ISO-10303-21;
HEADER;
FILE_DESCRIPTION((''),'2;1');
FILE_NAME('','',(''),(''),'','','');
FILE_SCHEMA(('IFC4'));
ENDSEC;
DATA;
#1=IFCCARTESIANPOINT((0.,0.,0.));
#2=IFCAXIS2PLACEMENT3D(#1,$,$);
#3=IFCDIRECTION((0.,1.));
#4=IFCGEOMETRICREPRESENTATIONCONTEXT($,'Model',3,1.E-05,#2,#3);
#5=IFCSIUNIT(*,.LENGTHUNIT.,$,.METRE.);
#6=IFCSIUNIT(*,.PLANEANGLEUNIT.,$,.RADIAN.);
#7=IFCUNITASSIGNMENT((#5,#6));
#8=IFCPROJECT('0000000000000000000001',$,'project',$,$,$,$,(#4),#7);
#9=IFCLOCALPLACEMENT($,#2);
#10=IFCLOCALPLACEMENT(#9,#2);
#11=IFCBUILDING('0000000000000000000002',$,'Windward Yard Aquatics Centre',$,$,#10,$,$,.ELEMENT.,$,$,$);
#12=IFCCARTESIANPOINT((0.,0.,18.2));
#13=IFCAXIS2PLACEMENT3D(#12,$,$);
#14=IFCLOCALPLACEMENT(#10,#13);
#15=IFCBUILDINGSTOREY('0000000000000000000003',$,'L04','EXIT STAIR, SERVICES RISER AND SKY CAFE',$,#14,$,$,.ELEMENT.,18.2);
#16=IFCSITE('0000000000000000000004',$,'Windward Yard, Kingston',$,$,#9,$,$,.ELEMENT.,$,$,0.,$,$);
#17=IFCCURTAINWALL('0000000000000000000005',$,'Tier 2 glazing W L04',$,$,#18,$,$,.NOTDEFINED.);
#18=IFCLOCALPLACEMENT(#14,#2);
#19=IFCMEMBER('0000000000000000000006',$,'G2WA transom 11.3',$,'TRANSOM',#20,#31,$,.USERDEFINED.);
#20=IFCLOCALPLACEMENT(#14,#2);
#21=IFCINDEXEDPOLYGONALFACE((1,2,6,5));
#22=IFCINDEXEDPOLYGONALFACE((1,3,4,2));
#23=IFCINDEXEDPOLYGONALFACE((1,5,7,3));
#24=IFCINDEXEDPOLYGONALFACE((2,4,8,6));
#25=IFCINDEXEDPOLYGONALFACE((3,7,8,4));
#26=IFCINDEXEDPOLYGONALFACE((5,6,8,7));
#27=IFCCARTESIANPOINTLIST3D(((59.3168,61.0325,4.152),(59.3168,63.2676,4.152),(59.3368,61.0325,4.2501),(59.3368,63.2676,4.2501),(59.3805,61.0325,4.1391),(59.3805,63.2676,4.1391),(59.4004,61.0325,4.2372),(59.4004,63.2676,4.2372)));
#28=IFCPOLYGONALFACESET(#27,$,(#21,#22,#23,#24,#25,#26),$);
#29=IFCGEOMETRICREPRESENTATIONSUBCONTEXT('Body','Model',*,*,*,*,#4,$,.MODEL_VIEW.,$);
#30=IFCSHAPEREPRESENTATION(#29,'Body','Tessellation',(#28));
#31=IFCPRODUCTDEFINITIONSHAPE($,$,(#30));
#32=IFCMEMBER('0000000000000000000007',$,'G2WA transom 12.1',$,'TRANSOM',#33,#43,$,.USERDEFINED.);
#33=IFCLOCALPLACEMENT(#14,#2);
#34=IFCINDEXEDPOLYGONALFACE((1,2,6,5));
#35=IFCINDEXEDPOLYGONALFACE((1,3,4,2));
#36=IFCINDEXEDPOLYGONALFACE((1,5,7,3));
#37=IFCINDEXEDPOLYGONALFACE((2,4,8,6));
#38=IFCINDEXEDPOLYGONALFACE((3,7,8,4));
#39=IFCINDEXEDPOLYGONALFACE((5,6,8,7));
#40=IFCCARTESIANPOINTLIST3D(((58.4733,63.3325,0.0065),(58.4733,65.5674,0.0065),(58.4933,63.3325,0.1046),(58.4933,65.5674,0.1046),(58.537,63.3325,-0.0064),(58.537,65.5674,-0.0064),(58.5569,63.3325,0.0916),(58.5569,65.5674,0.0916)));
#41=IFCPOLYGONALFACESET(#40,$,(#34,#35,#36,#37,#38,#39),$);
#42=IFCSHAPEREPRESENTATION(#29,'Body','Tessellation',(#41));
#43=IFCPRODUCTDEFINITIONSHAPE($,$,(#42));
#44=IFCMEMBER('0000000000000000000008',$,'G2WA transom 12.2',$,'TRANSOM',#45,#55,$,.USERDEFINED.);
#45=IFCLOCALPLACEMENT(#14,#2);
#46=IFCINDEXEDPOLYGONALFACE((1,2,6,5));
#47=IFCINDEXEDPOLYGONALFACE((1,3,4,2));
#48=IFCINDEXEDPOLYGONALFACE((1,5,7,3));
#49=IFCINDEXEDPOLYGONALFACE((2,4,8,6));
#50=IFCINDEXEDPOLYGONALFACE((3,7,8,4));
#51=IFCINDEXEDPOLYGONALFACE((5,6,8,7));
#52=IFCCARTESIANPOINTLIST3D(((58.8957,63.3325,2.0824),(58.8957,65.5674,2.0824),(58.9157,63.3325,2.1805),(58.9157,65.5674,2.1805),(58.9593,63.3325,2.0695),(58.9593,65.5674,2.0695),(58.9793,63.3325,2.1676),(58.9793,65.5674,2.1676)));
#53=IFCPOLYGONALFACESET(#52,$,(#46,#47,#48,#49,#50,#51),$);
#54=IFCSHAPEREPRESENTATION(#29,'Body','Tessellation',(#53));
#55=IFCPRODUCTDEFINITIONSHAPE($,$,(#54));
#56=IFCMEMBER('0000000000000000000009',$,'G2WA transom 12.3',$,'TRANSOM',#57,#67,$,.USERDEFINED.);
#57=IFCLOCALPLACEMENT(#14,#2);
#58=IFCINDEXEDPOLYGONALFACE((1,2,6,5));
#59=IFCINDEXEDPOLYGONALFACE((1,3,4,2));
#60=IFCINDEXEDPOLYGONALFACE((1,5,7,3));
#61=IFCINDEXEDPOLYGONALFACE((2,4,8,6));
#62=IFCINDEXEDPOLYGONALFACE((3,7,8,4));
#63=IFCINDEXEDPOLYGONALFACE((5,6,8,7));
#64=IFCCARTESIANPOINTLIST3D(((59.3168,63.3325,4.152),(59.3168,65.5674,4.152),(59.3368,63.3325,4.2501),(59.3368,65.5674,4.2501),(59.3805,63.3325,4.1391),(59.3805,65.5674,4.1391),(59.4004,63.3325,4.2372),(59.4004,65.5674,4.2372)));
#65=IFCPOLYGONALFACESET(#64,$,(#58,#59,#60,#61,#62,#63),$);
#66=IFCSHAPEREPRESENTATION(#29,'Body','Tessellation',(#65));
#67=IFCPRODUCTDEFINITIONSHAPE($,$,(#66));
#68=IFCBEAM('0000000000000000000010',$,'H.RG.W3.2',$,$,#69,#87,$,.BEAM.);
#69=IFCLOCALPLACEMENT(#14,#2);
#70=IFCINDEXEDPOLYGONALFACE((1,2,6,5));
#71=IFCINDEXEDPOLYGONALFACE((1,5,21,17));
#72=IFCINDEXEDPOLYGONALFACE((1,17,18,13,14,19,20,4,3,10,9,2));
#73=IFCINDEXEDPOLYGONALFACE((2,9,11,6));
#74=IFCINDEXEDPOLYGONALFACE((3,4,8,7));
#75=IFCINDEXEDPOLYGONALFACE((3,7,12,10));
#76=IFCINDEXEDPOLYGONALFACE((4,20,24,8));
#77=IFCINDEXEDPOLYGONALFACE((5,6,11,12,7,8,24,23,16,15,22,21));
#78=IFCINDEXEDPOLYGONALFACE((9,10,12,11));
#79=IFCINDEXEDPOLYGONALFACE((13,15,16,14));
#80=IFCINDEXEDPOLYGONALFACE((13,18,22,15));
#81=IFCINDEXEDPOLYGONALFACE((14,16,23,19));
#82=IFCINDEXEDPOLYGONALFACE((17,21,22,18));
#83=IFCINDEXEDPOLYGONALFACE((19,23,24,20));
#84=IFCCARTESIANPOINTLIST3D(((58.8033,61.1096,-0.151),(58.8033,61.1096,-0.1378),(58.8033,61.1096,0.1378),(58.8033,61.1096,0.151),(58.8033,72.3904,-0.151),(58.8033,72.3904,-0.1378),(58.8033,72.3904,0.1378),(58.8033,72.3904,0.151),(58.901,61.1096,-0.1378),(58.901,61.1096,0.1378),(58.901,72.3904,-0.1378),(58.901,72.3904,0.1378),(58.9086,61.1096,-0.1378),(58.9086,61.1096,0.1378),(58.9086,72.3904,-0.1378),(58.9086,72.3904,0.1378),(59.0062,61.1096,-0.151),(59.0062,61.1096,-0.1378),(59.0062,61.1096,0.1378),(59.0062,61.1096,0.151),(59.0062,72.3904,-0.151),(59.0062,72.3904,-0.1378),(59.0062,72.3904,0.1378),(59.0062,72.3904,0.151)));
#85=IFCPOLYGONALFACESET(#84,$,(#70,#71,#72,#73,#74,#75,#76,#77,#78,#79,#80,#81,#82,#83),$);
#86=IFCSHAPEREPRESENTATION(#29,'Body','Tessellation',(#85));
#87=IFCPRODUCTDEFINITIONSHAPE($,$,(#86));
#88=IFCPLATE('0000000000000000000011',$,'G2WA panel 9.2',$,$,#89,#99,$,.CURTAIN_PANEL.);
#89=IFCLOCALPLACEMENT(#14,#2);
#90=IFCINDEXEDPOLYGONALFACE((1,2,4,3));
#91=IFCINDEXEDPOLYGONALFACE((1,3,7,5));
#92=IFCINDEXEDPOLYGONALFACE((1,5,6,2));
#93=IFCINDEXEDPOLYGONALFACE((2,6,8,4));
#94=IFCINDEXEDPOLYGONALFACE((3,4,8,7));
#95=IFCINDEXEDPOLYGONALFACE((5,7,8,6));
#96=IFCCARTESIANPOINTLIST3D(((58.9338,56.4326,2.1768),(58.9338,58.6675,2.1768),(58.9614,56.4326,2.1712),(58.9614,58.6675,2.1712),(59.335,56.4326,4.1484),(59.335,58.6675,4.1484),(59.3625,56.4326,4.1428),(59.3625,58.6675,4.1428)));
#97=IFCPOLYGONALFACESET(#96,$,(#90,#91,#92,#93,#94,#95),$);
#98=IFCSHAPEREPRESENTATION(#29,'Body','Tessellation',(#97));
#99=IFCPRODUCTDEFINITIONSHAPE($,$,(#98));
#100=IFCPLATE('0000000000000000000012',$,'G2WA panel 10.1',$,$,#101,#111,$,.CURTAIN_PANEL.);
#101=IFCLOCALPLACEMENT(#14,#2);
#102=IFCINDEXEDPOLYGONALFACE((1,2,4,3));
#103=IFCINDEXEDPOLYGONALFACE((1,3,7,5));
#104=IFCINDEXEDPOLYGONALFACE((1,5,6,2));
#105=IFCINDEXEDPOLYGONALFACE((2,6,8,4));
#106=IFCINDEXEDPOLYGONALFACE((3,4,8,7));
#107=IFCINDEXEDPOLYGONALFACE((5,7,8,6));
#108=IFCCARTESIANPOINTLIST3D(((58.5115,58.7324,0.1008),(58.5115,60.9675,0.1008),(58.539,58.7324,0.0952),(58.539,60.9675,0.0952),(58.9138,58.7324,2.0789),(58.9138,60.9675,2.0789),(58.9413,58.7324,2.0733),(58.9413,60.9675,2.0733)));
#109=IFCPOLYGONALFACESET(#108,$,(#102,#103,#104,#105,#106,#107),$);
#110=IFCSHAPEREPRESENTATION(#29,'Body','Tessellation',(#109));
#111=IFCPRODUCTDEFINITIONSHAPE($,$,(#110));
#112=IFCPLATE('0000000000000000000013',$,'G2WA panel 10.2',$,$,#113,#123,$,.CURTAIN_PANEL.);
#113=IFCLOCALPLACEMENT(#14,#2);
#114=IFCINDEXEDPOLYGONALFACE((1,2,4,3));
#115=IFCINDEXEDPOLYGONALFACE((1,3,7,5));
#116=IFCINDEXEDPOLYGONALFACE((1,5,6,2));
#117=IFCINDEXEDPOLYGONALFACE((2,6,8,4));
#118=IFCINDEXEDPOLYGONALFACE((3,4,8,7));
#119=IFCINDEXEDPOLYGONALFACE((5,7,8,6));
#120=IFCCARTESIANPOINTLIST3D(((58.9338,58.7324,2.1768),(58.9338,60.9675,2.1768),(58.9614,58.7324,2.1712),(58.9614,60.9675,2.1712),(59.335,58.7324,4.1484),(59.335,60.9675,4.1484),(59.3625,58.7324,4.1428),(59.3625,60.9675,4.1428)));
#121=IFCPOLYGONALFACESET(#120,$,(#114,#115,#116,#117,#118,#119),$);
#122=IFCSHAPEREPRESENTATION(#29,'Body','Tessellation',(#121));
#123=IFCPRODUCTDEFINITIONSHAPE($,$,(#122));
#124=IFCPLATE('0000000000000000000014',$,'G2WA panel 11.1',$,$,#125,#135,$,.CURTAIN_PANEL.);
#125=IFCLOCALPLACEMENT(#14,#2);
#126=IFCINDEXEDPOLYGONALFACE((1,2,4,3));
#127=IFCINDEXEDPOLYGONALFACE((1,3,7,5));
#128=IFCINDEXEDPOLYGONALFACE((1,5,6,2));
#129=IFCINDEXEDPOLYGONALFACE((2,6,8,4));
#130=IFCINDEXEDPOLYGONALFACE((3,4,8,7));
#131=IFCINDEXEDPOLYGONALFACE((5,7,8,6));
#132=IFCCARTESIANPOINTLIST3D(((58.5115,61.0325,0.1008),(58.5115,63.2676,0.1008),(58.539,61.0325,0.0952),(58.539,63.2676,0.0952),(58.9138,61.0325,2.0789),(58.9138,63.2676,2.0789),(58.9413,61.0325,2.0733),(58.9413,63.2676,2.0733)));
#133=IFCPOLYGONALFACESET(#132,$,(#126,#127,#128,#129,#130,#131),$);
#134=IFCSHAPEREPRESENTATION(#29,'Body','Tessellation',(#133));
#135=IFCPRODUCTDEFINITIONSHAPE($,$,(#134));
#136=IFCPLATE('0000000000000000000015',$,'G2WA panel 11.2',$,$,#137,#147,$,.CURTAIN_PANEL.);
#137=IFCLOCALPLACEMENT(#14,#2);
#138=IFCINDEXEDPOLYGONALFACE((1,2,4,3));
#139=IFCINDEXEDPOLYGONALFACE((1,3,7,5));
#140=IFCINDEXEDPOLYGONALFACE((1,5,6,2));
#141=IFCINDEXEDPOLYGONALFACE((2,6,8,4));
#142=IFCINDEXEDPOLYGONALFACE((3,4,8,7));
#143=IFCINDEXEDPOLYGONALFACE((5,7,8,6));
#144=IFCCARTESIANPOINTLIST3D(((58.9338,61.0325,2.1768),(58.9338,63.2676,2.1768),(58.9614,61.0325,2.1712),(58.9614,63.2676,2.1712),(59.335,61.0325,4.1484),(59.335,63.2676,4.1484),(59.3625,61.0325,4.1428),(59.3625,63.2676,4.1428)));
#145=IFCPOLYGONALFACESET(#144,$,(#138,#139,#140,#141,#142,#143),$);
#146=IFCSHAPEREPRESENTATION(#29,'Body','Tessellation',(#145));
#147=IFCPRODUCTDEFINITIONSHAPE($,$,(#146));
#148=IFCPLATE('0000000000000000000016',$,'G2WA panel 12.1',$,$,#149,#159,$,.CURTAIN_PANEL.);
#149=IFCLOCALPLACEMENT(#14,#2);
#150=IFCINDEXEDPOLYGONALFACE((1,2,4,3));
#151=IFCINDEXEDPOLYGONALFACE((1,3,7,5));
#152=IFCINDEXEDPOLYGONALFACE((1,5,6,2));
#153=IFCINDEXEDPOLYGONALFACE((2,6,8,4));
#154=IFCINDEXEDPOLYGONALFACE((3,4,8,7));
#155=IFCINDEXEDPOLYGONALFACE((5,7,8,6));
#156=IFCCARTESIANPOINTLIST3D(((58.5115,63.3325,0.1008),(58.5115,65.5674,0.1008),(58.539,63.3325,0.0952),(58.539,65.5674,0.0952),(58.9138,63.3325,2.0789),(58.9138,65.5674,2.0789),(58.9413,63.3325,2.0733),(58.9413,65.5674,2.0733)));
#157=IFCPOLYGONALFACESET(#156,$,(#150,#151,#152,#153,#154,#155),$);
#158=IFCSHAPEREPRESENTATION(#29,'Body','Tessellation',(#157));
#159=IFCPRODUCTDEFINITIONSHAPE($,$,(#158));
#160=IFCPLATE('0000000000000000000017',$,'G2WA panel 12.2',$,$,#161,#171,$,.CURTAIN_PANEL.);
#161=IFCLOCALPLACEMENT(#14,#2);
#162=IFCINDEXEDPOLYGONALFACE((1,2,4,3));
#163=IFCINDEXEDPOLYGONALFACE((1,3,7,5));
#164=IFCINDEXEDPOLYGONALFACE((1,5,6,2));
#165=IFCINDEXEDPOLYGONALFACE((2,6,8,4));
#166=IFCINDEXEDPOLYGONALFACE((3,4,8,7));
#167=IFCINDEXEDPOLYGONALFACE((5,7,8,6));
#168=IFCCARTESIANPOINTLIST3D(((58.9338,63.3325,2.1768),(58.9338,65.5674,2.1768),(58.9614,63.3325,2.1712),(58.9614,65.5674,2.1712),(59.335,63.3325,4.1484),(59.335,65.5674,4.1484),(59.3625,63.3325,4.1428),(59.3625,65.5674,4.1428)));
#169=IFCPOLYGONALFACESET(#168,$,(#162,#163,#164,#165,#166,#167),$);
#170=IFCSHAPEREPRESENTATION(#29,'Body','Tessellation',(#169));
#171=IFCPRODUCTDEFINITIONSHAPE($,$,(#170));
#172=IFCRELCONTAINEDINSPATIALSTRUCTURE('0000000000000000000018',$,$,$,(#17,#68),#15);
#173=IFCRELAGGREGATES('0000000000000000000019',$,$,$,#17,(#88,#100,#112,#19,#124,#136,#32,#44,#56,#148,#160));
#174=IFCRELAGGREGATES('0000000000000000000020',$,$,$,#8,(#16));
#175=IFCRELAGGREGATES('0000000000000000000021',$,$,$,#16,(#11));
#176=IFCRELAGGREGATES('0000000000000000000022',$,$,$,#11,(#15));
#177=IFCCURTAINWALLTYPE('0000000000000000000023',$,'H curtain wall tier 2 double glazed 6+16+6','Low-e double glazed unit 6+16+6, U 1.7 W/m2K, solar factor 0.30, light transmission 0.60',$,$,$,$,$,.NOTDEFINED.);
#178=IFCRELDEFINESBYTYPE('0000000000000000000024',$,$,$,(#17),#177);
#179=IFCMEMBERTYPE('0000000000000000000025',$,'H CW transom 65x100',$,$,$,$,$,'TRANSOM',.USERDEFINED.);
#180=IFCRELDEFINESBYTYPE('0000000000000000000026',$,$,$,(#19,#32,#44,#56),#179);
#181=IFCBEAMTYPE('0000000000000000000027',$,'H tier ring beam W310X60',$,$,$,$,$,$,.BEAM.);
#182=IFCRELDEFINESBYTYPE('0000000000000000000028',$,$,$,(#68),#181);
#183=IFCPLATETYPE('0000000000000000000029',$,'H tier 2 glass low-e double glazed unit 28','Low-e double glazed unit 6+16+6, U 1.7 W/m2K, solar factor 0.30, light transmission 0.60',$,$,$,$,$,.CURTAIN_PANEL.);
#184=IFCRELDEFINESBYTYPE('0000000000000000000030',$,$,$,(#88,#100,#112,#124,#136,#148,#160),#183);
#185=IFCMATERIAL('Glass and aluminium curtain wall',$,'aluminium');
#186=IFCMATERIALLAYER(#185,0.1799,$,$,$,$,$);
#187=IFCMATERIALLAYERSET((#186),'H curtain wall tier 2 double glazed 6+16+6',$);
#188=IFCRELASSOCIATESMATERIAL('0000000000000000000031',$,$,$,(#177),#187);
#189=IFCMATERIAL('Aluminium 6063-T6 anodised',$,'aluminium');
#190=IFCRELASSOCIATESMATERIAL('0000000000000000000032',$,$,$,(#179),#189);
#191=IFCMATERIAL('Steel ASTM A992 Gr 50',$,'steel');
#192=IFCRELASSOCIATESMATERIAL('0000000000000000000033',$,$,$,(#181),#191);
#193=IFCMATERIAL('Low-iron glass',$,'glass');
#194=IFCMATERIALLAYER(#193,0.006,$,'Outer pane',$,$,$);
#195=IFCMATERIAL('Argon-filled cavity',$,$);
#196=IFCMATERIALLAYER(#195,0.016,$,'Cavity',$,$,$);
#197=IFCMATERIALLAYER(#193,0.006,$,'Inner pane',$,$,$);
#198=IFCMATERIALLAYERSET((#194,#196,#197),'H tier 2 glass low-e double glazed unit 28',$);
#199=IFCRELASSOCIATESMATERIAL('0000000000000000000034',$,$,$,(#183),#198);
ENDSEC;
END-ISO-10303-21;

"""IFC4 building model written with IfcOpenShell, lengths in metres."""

from ifc_helpers import new_model, si_unit, direction, frame, origin, origin_2d, place, context, subcontext, project, spatial, polyline, rectangle, i_section, outline, extrude, material, layer, layer_set, material_profile, profile_set, type_object, element, aggregate, save


model = new_model("IFC4")

# Units and contexts
model_context = context("Model", 3, precision=1e-05, world=origin(), true_north=direction((0.0, 1.0)))
body_context = subcontext(model_context, "Body", "Model", "MODEL_VIEW")
ifc_project = project(units=[si_unit("LENGTHUNIT", "METRE"), si_unit("PLANEANGLEUNIT", "RADIAN")], contexts=[model_context])

# Site, building, storey
site_placement = place(None, origin())
site = spatial("IfcSite", under=ifc_project, at=site_placement, Name="Windward Yard, Kingston", CompositionType="ELEMENT", RefElevation=0.0)
building_placement = place(site_placement, origin())
building = spatial("IfcBuilding", under=site, at=building_placement, Name="Windward Yard Aquatics Centre", CompositionType="ELEMENT")
storey_placement = place(building_placement, frame((0.0, 0.0, 18.2)))
storey = spatial("IfcBuildingStorey", under=building, at=storey_placement, Name="L04", Description="EXIT STAIR, SERVICES RISER AND SKY CAFE", CompositionType="ELEMENT", Elevation=18.2)

# Curtain wall, members
ifc_material_1 = material(Name="Glass and aluminium curtain wall", Category="aluminium")
ifc_layer_1 = layer(ifc_material_1, 0.1799)
ifc_layer_set_1 = layer_set([ifc_layer_1], Name="H curtain wall tier 2 double glazed 6+16+6")
curtain_wall_type = type_object("IfcCurtainWallType", Name="H curtain wall tier 2 double glazed 6+16+6", Description="Low-e double glazed unit 6+16+6, U 1.7 W/m2K, solar factor 0.30, light transmission 0.60", PredefinedType="NOTDEFINED", material=ifc_layer_set_1)
curtain_wall_placement = place(storey_placement, origin())
curtain_wall = element("IfcCurtainWall", 1, at=curtain_wall_placement, inside=storey, type_object=curtain_wall_type, Name="Tier 2 glazing W L04", PredefinedType="NOTDEFINED")
ifc_material_2 = material(Name="Aluminium 6063-T6 anodised", Category="aluminium")
ifc_material_profile_1 = material_profile(ifc_material_2, rectangle(XDim=0.0649, YDim=0.1001, at=origin_2d()), Name="H CW transom 65x100")
ifc_profile_set_1 = profile_set([ifc_material_profile_1], Name="Aluminium 6063-T6 anodised")
member_type_1 = type_object("IfcMemberType", Name="H CW transom 65x100", ElementType="TRANSOM", PredefinedType="USERDEFINED", material=ifc_profile_set_1)
member_1_placement = place(storey_placement, frame((59.3586, 61.0325, 4.1946), z_axis=(0.0, 1.0, 0.0), x_axis=(-0.979925, 0.0, 0.199368)))
member_1 = element("IfcMember", 2, at=member_1_placement, type_object=member_type_1, Name="G2WA transom 11.3", ObjectType="TRANSOM", PredefinedType="USERDEFINED", context=body_context, shape_type="SweptSolid", body=[
    extrude(rectangle(XDim=0.0649, YDim=0.1001, at=origin_2d()), origin(), (0.0, 0.0, 1.0), 2.2351),
])
member_2_placement = place(storey_placement, frame((58.5151, 63.3325, 0.0491), z_axis=(0.0, 1.0, 0.0), x_axis=(-0.979925, 0.0, 0.199368)))
member_2 = element("IfcMember", 3, at=member_2_placement, type_object=member_type_1, Name="G2WA transom 12.1", ObjectType="TRANSOM", PredefinedType="USERDEFINED", context=body_context, shape_type="SweptSolid", body=[
    extrude(rectangle(XDim=0.0649, YDim=0.1001, at=origin_2d()), origin(), (0.0, 0.0, 1.0), 2.2349),
])
member_3_placement = place(storey_placement, frame((58.9375, 63.3325, 2.125), z_axis=(0.0, 1.0, 0.0), x_axis=(-0.979925, 0.0, 0.199368)))
member_3 = element("IfcMember", 4, at=member_3_placement, type_object=member_type_1, Name="G2WA transom 12.2", ObjectType="TRANSOM", PredefinedType="USERDEFINED", context=body_context, shape_type="SweptSolid", body=[
    extrude(rectangle(XDim=0.0649, YDim=0.1001, at=origin_2d()), origin(), (0.0, 0.0, 1.0), 2.2349),
])
member_4_placement = place(storey_placement, frame((59.3586, 63.3325, 4.1946), z_axis=(0.0, 1.0, 0.0), x_axis=(-0.979925, 0.0, 0.199368)))
member_4 = element("IfcMember", 5, at=member_4_placement, type_object=member_type_1, Name="G2WA transom 12.3", ObjectType="TRANSOM", PredefinedType="USERDEFINED", context=body_context, shape_type="SweptSolid", body=[
    extrude(rectangle(XDim=0.0649, YDim=0.1001, at=origin_2d()), origin(), (0.0, 0.0, 1.0), 2.2349),
])

# Beam
ifc_material_3 = material(Name="Steel ASTM A992 Gr 50", Category="steel")
ifc_material_profile_2 = material_profile(ifc_material_3, i_section(OverallWidth=0.2029, OverallDepth=0.302, WebThickness=0.0076, FlangeThickness=0.0132, at=origin_2d()), Name="W310X60")
ifc_profile_set_2 = profile_set([ifc_material_profile_2], Name="Steel ASTM A992 Gr 50")
beam_type = type_object("IfcBeamType", Name="H tier ring beam W310X60", PredefinedType="BEAM", material=ifc_profile_set_2)
beam_placement = place(storey_placement, frame((58.9048, 61.1096, 0.0), z_axis=(0.0, 1.0, 0.0), x_axis=(-1.0, 0.0, 0.0)))
element("IfcBeam", 6, at=beam_placement, inside=storey, type_object=beam_type, Name="H.RG.W3.2", PredefinedType="BEAM", context=body_context, shape_type="SweptSolid", body=[
    extrude(i_section(OverallWidth=0.2029, OverallDepth=0.302, WebThickness=0.0076, FlangeThickness=0.0132, at=origin_2d()), origin(), (0.0, 0.0, 1.0), 11.2808),
])

# Plates
ifc_material_4 = material(Name="Low-iron glass", Category="glass")
ifc_layer_2 = layer(ifc_material_4, 0.006, Name="Outer pane")
ifc_material_5 = material(Name="Argon-filled cavity")
ifc_layer_3 = layer(ifc_material_5, 0.016, Name="Cavity")
ifc_layer_4 = layer(ifc_material_4, 0.006, Name="Inner pane")
ifc_layer_set_2 = layer_set([ifc_layer_2, ifc_layer_3, ifc_layer_4], Name="H tier 2 glass low-e double glazed unit 28")
plate_type = type_object("IfcPlateType", Name="H tier 2 glass low-e double glazed unit 28", Description="Low-e double glazed unit 6+16+6, U 1.7 W/m2K, solar factor 0.30, light transmission 0.60", PredefinedType="CURTAIN_PANEL", material=ifc_layer_set_2)
plate_1_placement = place(storey_placement, frame((58.9338, 56.4326, 2.1768), z_axis=(-0.979927, 0.0, 0.199359), x_axis=(0.0, 1.0, 0.0)))
plate_1 = element("IfcPlate", 7, at=plate_1_placement, type_object=plate_type, Name="G2WA panel 9.2", PredefinedType="CURTAIN_PANEL", context=body_context, shape_type="SweptSolid", body=[
    extrude(outline(polyline([(0.0, 0.0), (2.2349, 0.0), (2.2349, -2.0121), (0.0, -2.0121), (0.0, 0.0)])), origin(), (0.0, 0.0, -1.0), 0.0281),
])
plate_2_placement = place(storey_placement, frame((58.5115, 58.7324, 0.1008), z_axis=(-0.979933, 0.0, 0.199325), x_axis=(0.0, 1.0, 0.0)))
plate_2 = element("IfcPlate", 8, at=plate_2_placement, type_object=plate_type, Name="G2WA panel 10.1", PredefinedType="CURTAIN_PANEL", context=body_context, shape_type="SweptSolid", body=[
    extrude(outline(polyline([(0.0, 0.0), (2.2351, 0.0), (2.2351, -2.0185), (0.0, -2.0185), (0.0, 0.0)])), origin(), (0.0, 0.0, -1.0), 0.0281),
])
plate_3_placement = place(storey_placement, frame((58.9338, 58.7324, 2.1768), z_axis=(-0.979927, 0.0, 0.199359), x_axis=(0.0, 1.0, 0.0)))
plate_3 = element("IfcPlate", 9, at=plate_3_placement, type_object=plate_type, Name="G2WA panel 10.2", PredefinedType="CURTAIN_PANEL", context=body_context, shape_type="SweptSolid", body=[
    extrude(outline(polyline([(0.0, 0.0), (2.2351, 0.0), (2.2351, -2.0121), (0.0, -2.0121), (0.0, 0.0)])), origin(), (0.0, 0.0, -1.0), 0.0281),
])
plate_4_placement = place(storey_placement, frame((58.5115, 61.0325, 0.1008), z_axis=(-0.979933, 0.0, 0.199325), x_axis=(0.0, 1.0, 0.0)))
plate_4 = element("IfcPlate", 10, at=plate_4_placement, type_object=plate_type, Name="G2WA panel 11.1", PredefinedType="CURTAIN_PANEL", context=body_context, shape_type="SweptSolid", body=[
    extrude(outline(polyline([(0.0, 0.0), (2.2351, 0.0), (2.2351, -2.0185), (0.0, -2.0185), (0.0, 0.0)])), origin(), (0.0, 0.0, -1.0), 0.0281),
])
plate_5_placement = place(storey_placement, frame((58.9338, 61.0325, 2.1768), z_axis=(-0.979927, 0.0, 0.199359), x_axis=(0.0, 1.0, 0.0)))
plate_5 = element("IfcPlate", 11, at=plate_5_placement, type_object=plate_type, Name="G2WA panel 11.2", PredefinedType="CURTAIN_PANEL", context=body_context, shape_type="SweptSolid", body=[
    extrude(outline(polyline([(0.0, 0.0), (2.2351, 0.0), (2.2351, -2.0121), (0.0, -2.0121), (0.0, 0.0)])), origin(), (0.0, 0.0, -1.0), 0.0281),
])
plate_6_placement = place(storey_placement, frame((58.5115, 63.3325, 0.1008), z_axis=(-0.979933, 0.0, 0.199325), x_axis=(0.0, 1.0, 0.0)))
plate_6 = element("IfcPlate", 12, at=plate_6_placement, type_object=plate_type, Name="G2WA panel 12.1", PredefinedType="CURTAIN_PANEL", context=body_context, shape_type="SweptSolid", body=[
    extrude(outline(polyline([(0.0, 0.0), (2.2349, 0.0), (2.2349, -2.0185), (0.0, -2.0185), (0.0, 0.0)])), origin(), (0.0, 0.0, -1.0), 0.0281),
])
plate_7_placement = place(storey_placement, frame((58.9338, 63.3325, 2.1768), z_axis=(-0.979927, 0.0, 0.199359), x_axis=(0.0, 1.0, 0.0)))
plate_7 = element("IfcPlate", 13, at=plate_7_placement, type_object=plate_type, Name="G2WA panel 12.2", PredefinedType="CURTAIN_PANEL", context=body_context, shape_type="SweptSolid", body=[
    extrude(outline(polyline([(0.0, 0.0), (2.2349, 0.0), (2.2349, -2.0121), (0.0, -2.0121), (0.0, 0.0)])), origin(), (0.0, 0.0, -1.0), 0.0281),
])
aggregate(curtain_wall, [plate_1, plate_2, plate_3, member_1, plate_4, plate_5, member_2, member_3, member_4, plate_6, plate_7])

save(model, "model.ifc")
